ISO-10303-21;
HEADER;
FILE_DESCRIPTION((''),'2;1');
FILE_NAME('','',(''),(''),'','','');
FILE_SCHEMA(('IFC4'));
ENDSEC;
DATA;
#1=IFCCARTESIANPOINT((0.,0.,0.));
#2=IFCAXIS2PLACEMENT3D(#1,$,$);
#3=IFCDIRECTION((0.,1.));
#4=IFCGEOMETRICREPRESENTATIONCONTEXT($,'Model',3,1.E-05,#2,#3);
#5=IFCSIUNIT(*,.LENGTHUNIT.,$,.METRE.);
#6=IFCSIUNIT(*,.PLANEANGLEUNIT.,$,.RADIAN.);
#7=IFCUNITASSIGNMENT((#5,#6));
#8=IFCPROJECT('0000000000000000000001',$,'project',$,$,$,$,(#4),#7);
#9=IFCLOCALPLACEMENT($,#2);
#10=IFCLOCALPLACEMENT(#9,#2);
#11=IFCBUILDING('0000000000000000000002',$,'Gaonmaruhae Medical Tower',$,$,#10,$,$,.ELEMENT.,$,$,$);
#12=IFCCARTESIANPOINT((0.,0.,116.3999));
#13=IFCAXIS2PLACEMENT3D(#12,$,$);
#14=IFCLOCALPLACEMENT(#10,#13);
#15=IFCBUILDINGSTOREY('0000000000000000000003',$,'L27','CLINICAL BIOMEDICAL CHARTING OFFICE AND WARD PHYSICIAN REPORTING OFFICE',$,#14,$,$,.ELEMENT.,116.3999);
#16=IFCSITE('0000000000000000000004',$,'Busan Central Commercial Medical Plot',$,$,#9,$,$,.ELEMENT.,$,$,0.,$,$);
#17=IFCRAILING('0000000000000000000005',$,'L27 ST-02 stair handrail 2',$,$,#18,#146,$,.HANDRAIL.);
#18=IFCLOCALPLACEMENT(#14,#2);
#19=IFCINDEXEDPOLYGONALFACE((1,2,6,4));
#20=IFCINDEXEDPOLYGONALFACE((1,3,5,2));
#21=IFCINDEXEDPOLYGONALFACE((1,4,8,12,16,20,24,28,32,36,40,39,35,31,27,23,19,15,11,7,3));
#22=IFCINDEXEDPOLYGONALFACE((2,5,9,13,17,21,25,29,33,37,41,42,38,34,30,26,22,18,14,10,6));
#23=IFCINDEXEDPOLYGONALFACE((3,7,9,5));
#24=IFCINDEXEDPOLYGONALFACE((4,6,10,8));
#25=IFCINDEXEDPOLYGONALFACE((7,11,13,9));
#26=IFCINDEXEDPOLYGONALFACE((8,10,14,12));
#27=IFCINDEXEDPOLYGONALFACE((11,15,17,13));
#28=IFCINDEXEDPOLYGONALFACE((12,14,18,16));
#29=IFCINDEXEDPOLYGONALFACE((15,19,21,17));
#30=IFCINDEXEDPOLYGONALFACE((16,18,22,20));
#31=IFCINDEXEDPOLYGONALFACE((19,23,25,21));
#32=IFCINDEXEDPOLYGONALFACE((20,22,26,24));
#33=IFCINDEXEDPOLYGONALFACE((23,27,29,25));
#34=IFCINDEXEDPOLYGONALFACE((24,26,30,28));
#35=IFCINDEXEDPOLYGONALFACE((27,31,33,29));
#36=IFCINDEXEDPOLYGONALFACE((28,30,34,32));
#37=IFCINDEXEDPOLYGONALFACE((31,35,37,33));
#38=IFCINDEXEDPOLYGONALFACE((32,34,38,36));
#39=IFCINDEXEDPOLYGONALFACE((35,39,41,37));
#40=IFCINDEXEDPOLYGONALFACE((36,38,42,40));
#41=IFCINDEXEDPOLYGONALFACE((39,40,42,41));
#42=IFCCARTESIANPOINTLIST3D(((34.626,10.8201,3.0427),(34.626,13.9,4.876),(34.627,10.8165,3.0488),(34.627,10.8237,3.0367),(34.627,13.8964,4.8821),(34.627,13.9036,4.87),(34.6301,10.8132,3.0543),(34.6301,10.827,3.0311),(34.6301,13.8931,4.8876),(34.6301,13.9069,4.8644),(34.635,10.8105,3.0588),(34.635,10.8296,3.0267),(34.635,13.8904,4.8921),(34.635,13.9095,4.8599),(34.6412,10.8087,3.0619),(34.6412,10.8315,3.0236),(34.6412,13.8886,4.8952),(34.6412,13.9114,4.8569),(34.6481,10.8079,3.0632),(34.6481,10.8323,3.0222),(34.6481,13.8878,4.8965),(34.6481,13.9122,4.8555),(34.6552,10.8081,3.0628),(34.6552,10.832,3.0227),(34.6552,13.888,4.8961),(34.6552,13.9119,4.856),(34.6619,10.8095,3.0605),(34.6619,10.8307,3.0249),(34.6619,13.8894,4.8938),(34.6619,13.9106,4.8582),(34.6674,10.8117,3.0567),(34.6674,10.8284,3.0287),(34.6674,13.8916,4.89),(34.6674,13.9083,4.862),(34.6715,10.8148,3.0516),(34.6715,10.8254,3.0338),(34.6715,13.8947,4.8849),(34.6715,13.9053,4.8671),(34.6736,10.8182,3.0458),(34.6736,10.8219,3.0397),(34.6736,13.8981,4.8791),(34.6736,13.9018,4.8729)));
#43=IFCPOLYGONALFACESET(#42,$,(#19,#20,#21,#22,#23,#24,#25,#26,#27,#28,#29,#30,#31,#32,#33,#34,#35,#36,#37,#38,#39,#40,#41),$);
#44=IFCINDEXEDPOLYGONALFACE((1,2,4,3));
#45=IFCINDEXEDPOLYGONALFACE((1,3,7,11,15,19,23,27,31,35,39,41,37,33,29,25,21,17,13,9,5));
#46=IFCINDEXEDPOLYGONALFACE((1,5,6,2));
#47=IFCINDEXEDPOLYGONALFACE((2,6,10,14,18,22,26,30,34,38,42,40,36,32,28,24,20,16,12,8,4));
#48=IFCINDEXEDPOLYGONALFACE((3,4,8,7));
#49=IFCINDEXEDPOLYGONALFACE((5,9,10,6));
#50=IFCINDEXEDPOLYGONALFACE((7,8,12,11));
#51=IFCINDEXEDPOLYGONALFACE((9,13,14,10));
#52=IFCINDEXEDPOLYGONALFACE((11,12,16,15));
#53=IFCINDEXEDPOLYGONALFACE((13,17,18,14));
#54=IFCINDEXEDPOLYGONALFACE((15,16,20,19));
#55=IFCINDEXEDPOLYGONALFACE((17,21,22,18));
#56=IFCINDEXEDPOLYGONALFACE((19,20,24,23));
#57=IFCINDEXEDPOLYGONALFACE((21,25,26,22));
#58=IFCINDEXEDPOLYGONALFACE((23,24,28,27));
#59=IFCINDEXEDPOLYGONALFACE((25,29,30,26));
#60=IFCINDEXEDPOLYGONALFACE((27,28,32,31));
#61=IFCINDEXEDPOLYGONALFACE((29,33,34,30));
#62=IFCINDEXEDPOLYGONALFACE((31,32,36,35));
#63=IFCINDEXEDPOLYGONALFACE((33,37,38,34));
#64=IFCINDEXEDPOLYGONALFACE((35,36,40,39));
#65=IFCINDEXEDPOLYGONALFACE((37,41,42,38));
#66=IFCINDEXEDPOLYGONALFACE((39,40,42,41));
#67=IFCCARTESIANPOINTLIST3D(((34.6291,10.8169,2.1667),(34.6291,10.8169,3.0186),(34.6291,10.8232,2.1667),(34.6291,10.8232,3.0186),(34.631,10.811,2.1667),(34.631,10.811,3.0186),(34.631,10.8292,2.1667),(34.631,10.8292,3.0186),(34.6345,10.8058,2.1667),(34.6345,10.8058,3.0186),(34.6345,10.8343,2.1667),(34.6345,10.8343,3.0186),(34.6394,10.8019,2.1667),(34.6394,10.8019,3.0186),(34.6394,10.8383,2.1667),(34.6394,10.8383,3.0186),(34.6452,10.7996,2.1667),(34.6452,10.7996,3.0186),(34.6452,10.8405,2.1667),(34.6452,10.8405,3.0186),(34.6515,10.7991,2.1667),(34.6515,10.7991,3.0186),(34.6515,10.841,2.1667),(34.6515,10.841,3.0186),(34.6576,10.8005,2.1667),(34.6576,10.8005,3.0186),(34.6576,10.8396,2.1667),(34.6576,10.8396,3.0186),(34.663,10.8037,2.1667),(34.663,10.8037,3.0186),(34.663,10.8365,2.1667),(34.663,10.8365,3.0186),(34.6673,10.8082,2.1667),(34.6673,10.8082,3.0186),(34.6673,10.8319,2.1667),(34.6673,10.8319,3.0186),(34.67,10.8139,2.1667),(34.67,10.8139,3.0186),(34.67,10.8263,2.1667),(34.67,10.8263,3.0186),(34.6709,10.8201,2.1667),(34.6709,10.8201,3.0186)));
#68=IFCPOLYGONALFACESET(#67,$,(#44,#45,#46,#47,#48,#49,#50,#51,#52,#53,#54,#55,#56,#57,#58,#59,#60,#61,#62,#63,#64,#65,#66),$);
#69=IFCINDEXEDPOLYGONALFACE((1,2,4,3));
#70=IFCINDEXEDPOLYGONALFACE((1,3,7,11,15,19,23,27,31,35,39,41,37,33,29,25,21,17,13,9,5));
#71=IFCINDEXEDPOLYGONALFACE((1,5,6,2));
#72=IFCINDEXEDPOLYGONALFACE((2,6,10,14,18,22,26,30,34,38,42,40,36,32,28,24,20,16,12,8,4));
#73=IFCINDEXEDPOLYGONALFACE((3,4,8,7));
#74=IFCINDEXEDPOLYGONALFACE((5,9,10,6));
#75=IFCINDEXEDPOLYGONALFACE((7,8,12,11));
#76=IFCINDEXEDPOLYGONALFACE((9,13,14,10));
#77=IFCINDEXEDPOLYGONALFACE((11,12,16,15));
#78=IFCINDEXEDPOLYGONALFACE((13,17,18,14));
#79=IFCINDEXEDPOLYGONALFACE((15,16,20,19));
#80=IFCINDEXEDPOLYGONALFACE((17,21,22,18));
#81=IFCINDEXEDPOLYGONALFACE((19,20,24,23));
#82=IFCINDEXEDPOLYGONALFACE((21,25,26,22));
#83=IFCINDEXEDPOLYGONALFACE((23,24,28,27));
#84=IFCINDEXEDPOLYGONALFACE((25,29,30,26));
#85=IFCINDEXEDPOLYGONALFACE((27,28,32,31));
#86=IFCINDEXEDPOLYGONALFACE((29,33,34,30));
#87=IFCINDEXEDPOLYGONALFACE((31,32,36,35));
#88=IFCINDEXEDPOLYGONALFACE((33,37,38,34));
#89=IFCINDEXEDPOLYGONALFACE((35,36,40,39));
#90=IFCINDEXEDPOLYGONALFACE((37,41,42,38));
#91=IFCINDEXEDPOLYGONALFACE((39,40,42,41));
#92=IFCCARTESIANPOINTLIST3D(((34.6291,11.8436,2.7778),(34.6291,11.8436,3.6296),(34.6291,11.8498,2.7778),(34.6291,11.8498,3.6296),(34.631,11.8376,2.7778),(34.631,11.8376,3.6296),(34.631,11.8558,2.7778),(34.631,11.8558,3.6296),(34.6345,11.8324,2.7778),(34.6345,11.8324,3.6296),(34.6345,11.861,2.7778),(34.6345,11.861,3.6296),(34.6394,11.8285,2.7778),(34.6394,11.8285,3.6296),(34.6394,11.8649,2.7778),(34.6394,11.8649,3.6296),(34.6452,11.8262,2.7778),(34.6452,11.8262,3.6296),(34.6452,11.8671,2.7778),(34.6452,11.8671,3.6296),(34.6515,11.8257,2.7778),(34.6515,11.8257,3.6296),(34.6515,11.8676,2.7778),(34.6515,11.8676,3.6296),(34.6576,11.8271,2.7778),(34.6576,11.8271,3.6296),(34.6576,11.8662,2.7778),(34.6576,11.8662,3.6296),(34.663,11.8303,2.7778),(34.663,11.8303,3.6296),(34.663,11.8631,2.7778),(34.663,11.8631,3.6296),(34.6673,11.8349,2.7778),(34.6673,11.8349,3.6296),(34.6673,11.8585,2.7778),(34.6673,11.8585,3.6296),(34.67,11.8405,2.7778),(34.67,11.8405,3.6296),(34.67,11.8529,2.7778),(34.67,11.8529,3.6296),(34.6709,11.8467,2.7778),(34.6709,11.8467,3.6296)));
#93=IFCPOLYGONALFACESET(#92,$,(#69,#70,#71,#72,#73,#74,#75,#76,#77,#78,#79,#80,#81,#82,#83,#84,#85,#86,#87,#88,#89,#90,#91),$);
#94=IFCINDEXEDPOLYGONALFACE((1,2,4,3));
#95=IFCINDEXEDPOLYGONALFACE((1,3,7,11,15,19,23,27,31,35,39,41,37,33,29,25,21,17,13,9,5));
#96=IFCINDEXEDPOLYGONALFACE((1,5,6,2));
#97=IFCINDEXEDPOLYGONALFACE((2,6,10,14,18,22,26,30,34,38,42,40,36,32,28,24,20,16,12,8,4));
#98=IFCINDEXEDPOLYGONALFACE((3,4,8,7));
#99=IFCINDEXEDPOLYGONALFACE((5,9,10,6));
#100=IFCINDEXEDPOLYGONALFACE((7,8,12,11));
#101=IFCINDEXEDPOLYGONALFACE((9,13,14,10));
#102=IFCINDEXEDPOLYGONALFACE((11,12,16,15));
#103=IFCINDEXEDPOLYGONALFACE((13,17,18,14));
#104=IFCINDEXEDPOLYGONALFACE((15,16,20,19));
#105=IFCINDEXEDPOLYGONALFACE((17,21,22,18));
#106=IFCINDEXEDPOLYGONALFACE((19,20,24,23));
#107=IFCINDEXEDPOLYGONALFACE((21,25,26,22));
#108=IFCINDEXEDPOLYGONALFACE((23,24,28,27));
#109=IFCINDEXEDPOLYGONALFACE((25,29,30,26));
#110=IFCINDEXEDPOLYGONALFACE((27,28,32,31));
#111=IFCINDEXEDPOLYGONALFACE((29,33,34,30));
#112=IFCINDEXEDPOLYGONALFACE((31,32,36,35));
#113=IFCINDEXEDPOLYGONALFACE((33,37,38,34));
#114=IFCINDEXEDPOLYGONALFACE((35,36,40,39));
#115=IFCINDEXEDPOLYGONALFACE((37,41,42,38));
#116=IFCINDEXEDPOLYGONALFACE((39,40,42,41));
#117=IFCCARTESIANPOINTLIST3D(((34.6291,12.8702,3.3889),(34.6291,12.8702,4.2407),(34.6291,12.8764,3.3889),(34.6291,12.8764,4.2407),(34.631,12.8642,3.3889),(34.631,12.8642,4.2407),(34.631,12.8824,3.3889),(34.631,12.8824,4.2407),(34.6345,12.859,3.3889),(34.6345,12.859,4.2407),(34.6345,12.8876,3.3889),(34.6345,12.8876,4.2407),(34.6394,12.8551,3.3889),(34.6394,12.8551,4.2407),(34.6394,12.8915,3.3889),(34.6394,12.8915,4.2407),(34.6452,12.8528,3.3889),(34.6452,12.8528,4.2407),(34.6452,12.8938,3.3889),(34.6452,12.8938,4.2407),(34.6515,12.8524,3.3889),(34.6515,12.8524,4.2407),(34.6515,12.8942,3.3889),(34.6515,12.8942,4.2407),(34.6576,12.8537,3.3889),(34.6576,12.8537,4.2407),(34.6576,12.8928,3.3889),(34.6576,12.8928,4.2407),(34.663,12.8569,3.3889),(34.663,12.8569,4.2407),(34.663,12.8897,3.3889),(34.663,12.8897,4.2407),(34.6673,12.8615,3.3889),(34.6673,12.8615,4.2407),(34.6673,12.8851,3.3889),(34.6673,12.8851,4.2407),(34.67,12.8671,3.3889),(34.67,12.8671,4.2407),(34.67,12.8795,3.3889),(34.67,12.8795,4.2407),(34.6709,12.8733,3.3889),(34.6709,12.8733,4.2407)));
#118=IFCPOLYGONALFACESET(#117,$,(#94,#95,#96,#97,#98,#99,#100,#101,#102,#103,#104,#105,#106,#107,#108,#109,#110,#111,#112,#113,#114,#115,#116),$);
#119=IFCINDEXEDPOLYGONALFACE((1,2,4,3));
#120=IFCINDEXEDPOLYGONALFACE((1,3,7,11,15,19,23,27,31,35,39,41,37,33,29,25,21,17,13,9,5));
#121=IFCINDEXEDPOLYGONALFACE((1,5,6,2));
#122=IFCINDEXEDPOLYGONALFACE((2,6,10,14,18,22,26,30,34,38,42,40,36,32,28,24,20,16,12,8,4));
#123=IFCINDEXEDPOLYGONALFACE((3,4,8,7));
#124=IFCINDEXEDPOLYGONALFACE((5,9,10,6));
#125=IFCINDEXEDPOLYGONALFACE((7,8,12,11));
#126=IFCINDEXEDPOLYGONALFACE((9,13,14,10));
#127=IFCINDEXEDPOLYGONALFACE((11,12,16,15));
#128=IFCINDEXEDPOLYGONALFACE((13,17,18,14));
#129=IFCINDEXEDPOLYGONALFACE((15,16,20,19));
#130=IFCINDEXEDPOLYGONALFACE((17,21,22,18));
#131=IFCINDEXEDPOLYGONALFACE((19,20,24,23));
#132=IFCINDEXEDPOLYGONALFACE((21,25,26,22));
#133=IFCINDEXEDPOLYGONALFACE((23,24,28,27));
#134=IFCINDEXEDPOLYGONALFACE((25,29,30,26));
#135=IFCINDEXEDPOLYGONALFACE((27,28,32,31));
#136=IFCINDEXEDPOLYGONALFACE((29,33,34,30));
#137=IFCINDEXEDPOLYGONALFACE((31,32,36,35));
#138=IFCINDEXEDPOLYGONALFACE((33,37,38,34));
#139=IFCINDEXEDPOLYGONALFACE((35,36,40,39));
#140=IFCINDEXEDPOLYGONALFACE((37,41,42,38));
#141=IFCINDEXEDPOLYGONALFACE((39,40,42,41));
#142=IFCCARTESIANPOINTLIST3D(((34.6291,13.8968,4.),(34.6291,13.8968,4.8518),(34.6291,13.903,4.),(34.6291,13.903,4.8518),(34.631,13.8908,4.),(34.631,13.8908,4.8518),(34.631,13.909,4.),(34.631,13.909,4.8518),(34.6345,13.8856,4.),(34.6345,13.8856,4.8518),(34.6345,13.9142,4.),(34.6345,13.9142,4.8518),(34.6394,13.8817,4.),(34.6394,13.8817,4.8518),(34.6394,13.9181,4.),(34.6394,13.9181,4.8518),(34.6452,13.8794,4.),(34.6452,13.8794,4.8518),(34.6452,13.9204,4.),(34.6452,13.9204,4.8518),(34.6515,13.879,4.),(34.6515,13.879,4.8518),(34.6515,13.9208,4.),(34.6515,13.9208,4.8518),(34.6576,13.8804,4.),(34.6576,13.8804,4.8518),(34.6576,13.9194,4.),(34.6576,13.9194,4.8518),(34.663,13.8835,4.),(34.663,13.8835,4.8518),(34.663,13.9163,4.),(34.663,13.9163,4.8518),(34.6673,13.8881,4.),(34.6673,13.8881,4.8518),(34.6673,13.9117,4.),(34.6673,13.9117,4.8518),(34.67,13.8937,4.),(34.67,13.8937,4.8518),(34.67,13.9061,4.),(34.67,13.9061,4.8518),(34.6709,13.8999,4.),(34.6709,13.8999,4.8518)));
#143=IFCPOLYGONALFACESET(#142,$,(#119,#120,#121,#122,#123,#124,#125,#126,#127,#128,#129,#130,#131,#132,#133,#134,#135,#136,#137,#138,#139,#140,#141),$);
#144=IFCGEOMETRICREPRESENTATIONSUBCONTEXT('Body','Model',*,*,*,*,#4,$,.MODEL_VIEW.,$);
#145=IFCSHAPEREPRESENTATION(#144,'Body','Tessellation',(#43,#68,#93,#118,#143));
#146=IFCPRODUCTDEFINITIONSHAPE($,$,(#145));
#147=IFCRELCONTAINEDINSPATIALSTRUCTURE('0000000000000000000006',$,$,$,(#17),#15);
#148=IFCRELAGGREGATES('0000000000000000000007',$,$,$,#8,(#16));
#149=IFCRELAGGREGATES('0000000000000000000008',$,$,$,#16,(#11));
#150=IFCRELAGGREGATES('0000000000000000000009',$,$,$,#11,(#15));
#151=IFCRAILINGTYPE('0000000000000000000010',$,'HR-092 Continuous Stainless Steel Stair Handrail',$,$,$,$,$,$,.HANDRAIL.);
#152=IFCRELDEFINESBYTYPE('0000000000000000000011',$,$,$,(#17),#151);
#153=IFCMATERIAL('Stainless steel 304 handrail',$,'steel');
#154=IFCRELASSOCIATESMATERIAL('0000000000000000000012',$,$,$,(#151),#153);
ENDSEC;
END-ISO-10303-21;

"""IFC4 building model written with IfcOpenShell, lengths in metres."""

from ifc_helpers import new_model, si_unit, direction, frame, origin, origin_2d, place, context, subcontext, project, spatial, circle, extrude, material, type_object, element, save


model = new_model("IFC4")

# Units and contexts
model_context = context("Model", 3, precision=1e-05, world=origin(), true_north=direction((0.0, 1.0)))
body_context = subcontext(model_context, "Body", "Model", "MODEL_VIEW")
ifc_project = project(units=[si_unit("LENGTHUNIT", "METRE"), si_unit("PLANEANGLEUNIT", "RADIAN")], contexts=[model_context])

# Site, building, storey
site_placement = place(None, origin())
site = spatial("IfcSite", under=ifc_project, at=site_placement, Name="Busan Central Commercial Medical Plot", CompositionType="ELEMENT", RefElevation=0.0)
building_placement = place(site_placement, origin())
building = spatial("IfcBuilding", under=site, at=building_placement, Name="Gaonmaruhae Medical Tower", CompositionType="ELEMENT")
storey_placement = place(building_placement, frame((0.0, 0.0, 116.3999)))
storey = spatial("IfcBuildingStorey", under=building, at=storey_placement, Name="L27", Description="CLINICAL BIOMEDICAL CHARTING OFFICE AND WARD PHYSICIAN REPORTING OFFICE", CompositionType="ELEMENT", Elevation=116.3999)

# Railing
ifc_material_1 = material(Name="Stainless steel 304 handrail", Category="steel")
railing_type_1 = type_object("IfcRailingType", Name="HR-092 Continuous Stainless Steel Stair Handrail", PredefinedType="HANDRAIL", material=ifc_material_1)
railing_1_placement = place(storey_placement, frame((34.6499, 10.8201, 2.1667)))
element("IfcRailing", 1, at=railing_1_placement, inside=storey, type_object=railing_type_1, Name="L27 ST-02 stair handrail 2", PredefinedType="HANDRAIL", context=body_context, shape_type="SweptSolid", body=[
    extrude(circle(Radius=0.0239, at=origin_2d()), frame((0.0, 0.0, 0.876), z_axis=(0.0, 0.859291, 0.511487), x_axis=(-1.0, 0.0, 0.0)), (0.0, 0.0, 1.0), 3.5842),
    extrude(circle(Radius=0.021, at=origin_2d()), origin(), (0.0, 0.0, 1.0), 0.8518),
    extrude(circle(Radius=0.021, at=origin_2d()), frame((0.0, 1.0266, 0.6111)), (0.0, 0.0, 1.0), 0.8518),
    extrude(circle(Radius=0.021, at=origin_2d()), frame((0.0, 2.0532, 1.2222)), (0.0, 0.0, 1.0), 0.8518),
    extrude(circle(Radius=0.021, at=origin_2d()), frame((0.0, 3.0798, 1.8333)), (0.0, 0.0, 1.0), 0.8518),
])

save(model, "model.ifc")
